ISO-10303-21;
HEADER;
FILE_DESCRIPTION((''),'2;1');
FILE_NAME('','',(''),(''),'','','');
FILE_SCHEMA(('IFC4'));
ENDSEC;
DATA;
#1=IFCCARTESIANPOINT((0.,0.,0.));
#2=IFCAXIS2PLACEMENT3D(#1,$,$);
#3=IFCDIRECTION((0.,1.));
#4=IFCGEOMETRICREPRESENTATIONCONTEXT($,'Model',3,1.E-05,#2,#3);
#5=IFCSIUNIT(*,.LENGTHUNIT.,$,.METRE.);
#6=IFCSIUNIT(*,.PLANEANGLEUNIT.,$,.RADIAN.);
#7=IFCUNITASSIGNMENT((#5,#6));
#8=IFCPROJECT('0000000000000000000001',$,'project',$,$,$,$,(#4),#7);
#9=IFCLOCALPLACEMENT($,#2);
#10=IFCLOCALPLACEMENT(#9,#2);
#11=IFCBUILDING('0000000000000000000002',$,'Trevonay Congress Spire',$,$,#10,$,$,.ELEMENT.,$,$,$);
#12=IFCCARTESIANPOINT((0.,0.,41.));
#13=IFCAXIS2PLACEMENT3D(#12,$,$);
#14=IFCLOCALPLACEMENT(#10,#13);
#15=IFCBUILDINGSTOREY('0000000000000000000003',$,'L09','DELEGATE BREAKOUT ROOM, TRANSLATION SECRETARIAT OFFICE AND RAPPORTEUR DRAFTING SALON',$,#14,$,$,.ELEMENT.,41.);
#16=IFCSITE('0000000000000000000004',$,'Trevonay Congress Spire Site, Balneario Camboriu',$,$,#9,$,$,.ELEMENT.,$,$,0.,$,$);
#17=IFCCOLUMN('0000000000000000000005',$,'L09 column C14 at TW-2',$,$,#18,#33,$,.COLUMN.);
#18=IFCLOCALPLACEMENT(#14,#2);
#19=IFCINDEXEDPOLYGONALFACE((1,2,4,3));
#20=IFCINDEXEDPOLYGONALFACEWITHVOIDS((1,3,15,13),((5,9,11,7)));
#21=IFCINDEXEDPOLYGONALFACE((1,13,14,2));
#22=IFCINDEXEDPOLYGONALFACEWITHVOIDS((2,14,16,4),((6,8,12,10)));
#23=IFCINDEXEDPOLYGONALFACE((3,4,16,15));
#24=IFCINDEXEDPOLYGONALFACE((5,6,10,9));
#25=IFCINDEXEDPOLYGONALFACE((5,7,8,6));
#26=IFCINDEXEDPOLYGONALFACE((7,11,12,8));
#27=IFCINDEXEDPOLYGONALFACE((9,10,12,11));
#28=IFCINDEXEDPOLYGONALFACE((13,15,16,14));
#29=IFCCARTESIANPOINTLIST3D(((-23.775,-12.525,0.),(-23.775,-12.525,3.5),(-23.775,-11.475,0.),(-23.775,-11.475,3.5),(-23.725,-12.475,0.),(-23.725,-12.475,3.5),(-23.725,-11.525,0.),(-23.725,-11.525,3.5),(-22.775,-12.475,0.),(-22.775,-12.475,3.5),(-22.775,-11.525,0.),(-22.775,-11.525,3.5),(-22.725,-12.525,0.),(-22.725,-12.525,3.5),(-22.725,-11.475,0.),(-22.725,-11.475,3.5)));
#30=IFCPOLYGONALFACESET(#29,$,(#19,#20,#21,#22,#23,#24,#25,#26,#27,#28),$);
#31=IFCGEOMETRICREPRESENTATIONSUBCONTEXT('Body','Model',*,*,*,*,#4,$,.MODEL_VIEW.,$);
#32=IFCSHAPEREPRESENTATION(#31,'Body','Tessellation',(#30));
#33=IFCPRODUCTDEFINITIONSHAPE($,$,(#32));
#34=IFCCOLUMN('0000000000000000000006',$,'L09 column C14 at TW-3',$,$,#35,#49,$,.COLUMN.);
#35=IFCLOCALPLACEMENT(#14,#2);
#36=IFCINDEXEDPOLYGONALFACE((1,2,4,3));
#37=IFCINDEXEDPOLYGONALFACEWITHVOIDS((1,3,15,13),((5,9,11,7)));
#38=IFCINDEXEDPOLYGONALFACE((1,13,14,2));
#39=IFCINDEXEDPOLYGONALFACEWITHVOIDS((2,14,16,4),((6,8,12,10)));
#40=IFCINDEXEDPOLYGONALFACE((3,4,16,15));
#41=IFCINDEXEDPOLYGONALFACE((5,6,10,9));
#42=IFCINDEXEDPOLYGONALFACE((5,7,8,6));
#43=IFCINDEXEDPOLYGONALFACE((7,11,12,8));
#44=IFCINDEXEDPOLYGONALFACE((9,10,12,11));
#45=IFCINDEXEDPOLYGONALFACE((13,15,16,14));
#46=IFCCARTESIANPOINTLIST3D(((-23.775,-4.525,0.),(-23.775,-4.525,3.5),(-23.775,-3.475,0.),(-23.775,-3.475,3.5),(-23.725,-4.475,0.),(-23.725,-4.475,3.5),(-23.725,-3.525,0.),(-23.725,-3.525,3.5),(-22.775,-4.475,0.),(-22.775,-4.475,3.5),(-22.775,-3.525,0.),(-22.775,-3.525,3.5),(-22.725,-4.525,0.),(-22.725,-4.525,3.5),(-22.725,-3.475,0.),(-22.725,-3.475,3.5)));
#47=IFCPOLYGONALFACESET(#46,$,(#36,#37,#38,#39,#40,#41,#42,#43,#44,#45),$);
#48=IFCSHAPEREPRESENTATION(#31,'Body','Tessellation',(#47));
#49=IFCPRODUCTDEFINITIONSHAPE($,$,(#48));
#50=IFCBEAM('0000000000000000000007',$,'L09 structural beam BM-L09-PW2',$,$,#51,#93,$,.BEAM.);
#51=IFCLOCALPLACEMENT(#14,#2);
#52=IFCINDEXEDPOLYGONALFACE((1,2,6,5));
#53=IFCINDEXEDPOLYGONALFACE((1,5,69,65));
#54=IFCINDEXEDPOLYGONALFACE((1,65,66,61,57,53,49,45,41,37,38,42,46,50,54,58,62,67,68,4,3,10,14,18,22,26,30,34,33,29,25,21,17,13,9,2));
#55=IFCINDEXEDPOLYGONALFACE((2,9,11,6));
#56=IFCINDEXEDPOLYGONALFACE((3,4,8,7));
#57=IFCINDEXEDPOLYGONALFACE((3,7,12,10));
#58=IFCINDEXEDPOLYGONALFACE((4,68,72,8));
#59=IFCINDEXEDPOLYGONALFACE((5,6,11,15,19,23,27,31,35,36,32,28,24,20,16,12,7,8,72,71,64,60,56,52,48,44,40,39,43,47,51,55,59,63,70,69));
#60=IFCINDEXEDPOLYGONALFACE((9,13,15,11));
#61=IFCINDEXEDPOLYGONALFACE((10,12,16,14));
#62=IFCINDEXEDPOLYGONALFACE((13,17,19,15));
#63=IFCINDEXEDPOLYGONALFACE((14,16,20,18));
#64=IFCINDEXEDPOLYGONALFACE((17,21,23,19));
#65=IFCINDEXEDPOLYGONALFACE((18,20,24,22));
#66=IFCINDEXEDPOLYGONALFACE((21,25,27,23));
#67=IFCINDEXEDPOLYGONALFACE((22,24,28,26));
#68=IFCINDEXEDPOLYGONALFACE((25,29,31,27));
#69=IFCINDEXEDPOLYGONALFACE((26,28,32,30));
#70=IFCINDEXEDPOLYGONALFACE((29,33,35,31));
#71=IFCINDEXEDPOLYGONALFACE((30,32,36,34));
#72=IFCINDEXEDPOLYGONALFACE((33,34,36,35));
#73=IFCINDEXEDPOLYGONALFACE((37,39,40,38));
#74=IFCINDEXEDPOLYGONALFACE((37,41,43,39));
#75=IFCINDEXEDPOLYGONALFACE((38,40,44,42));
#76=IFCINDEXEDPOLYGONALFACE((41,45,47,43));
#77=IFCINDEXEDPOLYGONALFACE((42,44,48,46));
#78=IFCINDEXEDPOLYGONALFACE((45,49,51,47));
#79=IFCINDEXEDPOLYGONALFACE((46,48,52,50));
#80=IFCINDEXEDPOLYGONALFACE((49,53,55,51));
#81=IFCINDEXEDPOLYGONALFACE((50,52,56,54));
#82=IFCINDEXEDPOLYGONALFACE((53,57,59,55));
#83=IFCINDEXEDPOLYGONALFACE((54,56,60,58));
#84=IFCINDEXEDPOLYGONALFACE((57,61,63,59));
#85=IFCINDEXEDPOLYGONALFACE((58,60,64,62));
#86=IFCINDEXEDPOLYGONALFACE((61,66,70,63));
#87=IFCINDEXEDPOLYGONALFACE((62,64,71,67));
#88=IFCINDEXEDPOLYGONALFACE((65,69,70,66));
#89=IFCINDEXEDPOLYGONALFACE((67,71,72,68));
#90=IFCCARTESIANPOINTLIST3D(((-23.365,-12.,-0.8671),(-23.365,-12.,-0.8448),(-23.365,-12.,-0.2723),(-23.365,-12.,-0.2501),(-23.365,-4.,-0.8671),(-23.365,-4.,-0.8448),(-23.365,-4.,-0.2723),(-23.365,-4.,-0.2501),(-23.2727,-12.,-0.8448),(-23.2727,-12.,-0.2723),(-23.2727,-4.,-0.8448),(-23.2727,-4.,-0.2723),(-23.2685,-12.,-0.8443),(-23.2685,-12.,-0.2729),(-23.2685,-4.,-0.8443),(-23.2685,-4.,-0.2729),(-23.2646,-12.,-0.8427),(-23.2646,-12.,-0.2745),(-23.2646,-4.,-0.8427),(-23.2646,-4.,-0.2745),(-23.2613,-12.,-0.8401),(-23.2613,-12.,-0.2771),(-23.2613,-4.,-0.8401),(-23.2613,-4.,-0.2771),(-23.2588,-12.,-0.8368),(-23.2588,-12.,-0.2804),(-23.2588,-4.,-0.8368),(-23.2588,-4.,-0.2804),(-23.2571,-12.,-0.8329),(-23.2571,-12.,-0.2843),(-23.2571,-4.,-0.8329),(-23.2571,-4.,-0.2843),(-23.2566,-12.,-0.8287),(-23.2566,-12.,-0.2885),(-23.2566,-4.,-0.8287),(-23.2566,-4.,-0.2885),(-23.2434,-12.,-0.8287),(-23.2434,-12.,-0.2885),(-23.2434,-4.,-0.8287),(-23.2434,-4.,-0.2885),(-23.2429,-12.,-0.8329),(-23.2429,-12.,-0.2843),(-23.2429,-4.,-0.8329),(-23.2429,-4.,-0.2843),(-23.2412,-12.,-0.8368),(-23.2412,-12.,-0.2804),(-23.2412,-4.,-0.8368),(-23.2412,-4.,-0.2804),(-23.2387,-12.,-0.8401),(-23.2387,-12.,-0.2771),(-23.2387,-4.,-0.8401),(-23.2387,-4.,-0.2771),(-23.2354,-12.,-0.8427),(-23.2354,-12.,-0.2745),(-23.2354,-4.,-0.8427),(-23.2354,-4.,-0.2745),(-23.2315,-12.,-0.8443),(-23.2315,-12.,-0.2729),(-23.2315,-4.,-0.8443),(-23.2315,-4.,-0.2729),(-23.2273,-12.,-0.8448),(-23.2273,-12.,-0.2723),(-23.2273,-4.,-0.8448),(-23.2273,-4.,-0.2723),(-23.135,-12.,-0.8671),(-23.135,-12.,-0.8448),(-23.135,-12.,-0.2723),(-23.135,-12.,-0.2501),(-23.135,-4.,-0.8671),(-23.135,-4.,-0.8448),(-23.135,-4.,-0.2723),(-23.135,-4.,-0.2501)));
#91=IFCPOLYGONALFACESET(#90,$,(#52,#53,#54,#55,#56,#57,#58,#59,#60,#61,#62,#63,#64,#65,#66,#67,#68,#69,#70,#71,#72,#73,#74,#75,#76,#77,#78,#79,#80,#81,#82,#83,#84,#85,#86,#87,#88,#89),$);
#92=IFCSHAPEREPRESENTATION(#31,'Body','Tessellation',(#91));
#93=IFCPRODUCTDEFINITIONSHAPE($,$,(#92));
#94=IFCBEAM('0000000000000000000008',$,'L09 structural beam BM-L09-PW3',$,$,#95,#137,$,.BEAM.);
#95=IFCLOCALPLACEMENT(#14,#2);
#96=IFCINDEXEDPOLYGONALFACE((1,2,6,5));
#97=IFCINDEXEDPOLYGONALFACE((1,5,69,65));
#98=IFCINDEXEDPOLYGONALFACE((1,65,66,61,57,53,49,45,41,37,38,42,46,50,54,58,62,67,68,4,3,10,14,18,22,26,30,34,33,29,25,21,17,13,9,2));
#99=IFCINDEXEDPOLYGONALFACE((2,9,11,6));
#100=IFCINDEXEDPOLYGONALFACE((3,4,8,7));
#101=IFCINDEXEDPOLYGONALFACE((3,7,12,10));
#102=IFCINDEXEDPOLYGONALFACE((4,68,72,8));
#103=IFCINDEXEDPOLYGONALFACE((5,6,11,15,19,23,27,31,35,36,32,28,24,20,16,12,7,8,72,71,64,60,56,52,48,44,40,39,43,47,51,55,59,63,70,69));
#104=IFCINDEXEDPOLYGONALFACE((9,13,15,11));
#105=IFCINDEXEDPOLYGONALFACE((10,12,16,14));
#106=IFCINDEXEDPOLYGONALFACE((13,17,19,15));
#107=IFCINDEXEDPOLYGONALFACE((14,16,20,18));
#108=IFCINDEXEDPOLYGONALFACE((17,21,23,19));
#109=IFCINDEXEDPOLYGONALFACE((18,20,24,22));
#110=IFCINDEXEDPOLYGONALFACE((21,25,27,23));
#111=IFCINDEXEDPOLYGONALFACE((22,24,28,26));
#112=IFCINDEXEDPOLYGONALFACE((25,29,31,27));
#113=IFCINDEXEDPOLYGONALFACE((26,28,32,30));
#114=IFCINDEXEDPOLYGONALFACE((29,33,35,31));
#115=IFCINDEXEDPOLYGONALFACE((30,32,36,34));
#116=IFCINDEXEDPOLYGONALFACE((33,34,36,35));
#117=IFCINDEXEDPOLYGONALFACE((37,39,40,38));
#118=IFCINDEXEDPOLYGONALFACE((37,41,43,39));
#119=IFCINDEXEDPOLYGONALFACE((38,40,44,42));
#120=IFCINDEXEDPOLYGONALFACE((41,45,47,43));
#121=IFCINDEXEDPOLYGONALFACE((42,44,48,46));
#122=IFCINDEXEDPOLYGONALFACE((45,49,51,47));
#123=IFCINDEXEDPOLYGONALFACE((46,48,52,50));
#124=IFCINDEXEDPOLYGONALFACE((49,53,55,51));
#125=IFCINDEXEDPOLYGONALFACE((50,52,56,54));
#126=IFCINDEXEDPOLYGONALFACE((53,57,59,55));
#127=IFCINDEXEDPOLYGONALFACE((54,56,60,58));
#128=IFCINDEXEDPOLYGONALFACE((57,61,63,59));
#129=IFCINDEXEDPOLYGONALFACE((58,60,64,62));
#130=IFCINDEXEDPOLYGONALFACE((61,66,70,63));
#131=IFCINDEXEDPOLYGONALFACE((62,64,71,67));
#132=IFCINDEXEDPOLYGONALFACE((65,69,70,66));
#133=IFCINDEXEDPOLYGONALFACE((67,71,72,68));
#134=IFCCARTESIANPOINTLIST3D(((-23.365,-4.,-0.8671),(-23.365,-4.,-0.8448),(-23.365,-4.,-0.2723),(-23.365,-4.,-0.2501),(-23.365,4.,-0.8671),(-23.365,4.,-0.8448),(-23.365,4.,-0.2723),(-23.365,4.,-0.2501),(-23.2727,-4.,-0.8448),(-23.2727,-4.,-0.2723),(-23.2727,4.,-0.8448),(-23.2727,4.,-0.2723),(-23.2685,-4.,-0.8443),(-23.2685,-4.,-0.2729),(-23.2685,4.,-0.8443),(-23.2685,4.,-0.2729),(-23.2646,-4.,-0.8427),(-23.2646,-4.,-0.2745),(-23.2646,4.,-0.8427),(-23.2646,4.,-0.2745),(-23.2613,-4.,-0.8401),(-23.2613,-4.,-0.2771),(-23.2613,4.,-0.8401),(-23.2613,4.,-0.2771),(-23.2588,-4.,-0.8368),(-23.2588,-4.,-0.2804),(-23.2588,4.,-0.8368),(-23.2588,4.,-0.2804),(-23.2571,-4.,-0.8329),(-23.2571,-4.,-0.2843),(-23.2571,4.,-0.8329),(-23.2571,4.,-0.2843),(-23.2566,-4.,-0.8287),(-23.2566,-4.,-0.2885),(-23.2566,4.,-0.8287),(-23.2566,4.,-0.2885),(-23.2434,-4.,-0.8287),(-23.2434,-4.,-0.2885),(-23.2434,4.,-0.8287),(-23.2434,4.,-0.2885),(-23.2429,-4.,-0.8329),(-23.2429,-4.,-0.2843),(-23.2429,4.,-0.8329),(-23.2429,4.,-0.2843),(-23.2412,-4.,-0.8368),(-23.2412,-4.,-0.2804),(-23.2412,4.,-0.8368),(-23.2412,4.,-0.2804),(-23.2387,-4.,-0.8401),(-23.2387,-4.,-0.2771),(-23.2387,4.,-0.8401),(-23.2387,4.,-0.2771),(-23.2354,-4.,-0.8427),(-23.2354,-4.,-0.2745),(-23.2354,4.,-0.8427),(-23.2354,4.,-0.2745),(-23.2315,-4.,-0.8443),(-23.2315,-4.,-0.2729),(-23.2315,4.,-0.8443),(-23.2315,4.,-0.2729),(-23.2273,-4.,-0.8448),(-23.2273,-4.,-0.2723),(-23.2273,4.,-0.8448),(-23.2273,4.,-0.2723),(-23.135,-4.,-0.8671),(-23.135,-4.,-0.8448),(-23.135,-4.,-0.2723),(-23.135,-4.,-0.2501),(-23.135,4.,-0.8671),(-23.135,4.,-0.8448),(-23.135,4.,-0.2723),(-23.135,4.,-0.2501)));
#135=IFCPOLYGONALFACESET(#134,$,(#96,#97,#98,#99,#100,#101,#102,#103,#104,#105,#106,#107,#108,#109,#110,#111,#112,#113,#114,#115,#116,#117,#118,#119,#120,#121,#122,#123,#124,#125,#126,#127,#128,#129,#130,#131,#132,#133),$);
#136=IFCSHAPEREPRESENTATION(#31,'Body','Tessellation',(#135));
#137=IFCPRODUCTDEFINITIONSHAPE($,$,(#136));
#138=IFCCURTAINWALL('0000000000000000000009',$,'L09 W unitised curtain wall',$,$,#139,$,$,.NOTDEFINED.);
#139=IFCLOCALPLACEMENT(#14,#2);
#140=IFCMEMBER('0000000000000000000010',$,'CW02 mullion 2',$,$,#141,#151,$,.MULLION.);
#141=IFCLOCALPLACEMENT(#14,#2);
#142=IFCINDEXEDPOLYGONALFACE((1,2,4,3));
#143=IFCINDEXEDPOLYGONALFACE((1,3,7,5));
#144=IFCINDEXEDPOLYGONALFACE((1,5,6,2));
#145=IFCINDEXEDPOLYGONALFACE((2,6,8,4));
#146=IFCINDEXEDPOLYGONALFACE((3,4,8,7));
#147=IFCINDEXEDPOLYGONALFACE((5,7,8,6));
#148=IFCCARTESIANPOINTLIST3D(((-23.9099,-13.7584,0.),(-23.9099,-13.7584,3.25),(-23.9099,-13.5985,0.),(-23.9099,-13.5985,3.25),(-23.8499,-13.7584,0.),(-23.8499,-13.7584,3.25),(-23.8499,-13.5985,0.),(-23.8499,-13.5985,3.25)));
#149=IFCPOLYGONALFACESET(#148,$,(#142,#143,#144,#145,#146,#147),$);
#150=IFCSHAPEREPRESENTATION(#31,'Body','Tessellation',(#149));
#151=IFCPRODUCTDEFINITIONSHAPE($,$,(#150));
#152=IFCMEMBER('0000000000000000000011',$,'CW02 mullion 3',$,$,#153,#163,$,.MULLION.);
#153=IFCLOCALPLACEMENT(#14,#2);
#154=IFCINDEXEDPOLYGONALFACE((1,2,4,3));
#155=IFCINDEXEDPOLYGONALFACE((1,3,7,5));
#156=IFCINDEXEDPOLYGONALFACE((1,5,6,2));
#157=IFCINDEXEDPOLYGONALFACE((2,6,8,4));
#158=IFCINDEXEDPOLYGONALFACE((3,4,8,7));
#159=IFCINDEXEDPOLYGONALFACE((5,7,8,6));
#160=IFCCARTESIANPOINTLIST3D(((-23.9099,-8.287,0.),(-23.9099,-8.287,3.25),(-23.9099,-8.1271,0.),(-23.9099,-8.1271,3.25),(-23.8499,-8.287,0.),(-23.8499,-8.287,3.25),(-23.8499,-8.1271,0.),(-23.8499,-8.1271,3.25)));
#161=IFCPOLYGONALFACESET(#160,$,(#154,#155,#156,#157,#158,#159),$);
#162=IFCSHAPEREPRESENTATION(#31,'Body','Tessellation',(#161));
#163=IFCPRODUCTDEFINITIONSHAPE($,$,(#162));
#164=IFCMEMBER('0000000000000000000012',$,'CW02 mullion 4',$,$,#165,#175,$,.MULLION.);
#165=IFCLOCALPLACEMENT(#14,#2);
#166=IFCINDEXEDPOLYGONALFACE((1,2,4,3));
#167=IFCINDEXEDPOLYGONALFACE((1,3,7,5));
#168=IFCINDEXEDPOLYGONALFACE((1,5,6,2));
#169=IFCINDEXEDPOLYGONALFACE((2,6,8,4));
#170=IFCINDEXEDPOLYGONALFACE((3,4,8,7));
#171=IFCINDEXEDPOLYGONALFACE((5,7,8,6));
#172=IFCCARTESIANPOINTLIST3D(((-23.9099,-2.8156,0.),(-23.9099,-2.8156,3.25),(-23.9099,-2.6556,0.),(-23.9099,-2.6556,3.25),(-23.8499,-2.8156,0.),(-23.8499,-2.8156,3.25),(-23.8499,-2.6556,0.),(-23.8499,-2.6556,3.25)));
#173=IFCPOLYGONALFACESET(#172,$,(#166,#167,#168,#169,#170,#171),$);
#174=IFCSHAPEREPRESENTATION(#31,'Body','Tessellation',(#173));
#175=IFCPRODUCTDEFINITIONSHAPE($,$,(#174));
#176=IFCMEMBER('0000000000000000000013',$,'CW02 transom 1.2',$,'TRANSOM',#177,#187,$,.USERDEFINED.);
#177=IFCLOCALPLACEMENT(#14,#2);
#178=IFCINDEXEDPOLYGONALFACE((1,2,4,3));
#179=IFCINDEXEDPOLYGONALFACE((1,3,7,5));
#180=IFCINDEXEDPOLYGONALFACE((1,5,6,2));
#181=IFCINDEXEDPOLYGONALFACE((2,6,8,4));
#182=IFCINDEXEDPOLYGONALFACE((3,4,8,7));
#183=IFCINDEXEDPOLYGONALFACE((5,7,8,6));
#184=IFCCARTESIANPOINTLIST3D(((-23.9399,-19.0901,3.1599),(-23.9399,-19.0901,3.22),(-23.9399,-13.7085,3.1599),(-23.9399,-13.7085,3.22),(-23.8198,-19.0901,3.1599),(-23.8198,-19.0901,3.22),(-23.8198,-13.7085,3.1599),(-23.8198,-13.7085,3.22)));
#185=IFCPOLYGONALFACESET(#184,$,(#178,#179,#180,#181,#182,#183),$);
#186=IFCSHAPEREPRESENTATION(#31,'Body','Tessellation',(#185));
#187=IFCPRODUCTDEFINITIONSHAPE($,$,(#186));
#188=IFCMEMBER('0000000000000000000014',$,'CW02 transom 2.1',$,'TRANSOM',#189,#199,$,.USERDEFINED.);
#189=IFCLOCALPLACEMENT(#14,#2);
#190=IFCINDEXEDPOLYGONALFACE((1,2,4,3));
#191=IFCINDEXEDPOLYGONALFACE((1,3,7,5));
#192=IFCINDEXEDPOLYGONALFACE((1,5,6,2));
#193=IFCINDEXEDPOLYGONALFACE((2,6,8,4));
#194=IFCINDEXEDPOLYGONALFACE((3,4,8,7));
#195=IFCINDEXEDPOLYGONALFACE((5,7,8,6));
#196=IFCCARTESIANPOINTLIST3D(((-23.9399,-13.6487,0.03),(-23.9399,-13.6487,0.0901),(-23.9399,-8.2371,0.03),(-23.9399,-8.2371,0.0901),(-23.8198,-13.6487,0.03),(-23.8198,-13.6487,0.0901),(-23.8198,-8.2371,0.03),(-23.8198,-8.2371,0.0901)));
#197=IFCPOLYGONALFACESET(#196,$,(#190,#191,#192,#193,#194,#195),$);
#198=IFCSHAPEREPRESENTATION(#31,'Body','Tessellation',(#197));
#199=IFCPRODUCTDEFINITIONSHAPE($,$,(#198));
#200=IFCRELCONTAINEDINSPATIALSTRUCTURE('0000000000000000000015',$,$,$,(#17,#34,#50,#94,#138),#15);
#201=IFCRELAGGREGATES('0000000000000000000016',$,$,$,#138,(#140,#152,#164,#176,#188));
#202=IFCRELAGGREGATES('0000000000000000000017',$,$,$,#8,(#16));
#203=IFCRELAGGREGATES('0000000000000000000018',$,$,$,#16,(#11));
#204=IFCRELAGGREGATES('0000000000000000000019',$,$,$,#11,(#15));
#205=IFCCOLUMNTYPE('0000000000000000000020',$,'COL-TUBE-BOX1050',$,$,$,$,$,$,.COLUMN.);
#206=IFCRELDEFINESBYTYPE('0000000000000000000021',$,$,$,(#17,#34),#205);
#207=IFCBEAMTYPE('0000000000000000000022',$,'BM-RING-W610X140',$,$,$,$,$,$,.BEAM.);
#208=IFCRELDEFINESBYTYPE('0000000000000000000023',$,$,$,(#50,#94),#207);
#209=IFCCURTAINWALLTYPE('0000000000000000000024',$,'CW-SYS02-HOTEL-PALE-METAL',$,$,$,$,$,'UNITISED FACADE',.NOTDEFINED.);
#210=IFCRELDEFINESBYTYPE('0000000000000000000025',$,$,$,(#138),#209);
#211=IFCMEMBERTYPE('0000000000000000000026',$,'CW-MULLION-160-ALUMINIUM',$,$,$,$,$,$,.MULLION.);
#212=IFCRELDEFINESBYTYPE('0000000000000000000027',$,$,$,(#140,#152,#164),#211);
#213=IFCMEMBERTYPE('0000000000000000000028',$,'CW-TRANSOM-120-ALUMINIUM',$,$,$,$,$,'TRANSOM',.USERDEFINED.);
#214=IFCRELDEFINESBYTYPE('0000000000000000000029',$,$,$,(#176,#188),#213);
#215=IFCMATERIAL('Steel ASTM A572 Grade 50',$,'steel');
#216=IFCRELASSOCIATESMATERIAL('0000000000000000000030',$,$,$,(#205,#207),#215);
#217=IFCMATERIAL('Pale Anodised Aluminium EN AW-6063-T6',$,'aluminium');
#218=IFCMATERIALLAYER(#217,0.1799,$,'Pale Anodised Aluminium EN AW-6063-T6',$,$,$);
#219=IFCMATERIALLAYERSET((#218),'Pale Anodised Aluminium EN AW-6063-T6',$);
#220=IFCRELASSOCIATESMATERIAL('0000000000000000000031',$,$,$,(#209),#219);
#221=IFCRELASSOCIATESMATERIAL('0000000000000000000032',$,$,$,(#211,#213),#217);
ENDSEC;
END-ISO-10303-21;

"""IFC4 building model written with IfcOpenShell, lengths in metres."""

from ifc_helpers import new_model, si_unit, direction, frame, origin, origin_2d, place, context, subcontext, project, spatial, rectangle, hollow_rectangle, i_section, extrude, material, layer, layer_set, material_profile, profile_set, type_object, element, aggregate, save


model = new_model("IFC4")

# Units and contexts
model_context = context("Model", 3, precision=1e-05, world=origin(), true_north=direction((0.0, 1.0)))
body_context = subcontext(model_context, "Body", "Model", "MODEL_VIEW")
ifc_project = project(units=[si_unit("LENGTHUNIT", "METRE"), si_unit("PLANEANGLEUNIT", "RADIAN")], contexts=[model_context])

# Site, building, storey
site_placement = place(None, origin())
site = spatial("IfcSite", under=ifc_project, at=site_placement, Name="Trevonay Congress Spire Site, Balneario Camboriu", CompositionType="ELEMENT", RefElevation=0.0)
building_placement = place(site_placement, origin())
building = spatial("IfcBuilding", under=site, at=building_placement, Name="Trevonay Congress Spire", CompositionType="ELEMENT")
storey_placement = place(building_placement, frame((0.0, 0.0, 41.0)))
storey = spatial("IfcBuildingStorey", under=building, at=storey_placement, Name="L09", Description="DELEGATE BREAKOUT ROOM, TRANSLATION SECRETARIAT OFFICE AND RAPPORTEUR DRAFTING SALON", CompositionType="ELEMENT", Elevation=41.0)

# Columns
ifc_material_1 = material(Name="Steel ASTM A572 Grade 50", Category="steel")
ifc_material_profile_1 = material_profile(ifc_material_1, hollow_rectangle(XDim=1.05, YDim=1.05, WallThickness=0.05, at=origin_2d()), Name="BOX 1050x1050x50")
ifc_profile_set_1 = profile_set([ifc_material_profile_1], Name="Steel ASTM A572 Grade 50")
column_type = type_object("IfcColumnType", Name="COL-TUBE-BOX1050", PredefinedType="COLUMN", material=ifc_profile_set_1)
for number, where, z_axis, x_axis, name in (
    (1, (-23.25, -12.0, 0.0), (0.0, 0.0, 1.0), (1.0, 0.0, 0.0), "L09 column C14 at TW-2"),
    (2, (-23.25, -4.0, 0.0), (0.0, 0.0, 1.0), (1.0, 0.0, 0.0), "L09 column C14 at TW-3"),
):
    element("IfcColumn", number, at=place(storey_placement, frame(where, z_axis=z_axis, x_axis=x_axis)), inside=storey, type_object=column_type, Name=name, PredefinedType="COLUMN", context=body_context, shape_type="SweptSolid", body=[
        extrude(hollow_rectangle(XDim=1.05, YDim=1.05, WallThickness=0.05, at=origin_2d()), origin(), (0.0, 0.0, 1.0), 3.5),
    ])

# Beams
ifc_material_profile_2 = material_profile(ifc_material_1, i_section(OverallWidth=0.23, OverallDepth=0.6169, WebThickness=0.0132, FlangeThickness=0.0222, FilletRadius=0.0161, at=origin_2d()), Name="W610x140")
ifc_profile_set_2 = profile_set([ifc_material_profile_2], Name="Steel ASTM A572 Grade 50")
beam_type_1 = type_object("IfcBeamType", Name="BM-RING-W610X140", PredefinedType="BEAM", material=ifc_profile_set_2)
for number, where, z_axis, x_axis, name in (
    (3, (-23.25, -12.0, -0.5586), (0.0, 1.0, 0.0), (-1.0, 0.0, 0.0), "L09 structural beam BM-L09-PW2"),
    (4, (-23.25, -4.0, -0.5586), (0.0, 1.0, 0.0), (-1.0, 0.0, 0.0), "L09 structural beam BM-L09-PW3"),
):
    element("IfcBeam", number, at=place(storey_placement, frame(where, z_axis=z_axis, x_axis=x_axis)), inside=storey, type_object=beam_type_1, Name=name, PredefinedType="BEAM", context=body_context, shape_type="SweptSolid", body=[
        extrude(i_section(OverallWidth=0.23, OverallDepth=0.6169, WebThickness=0.0132, FlangeThickness=0.0222, FilletRadius=0.0161, at=origin_2d()), origin(), (0.0, 0.0, 1.0), 8.0),
    ])

# Curtain wall, members
ifc_material_2 = material(Name="Pale Anodised Aluminium EN AW-6063-T6", Category="aluminium")
ifc_layer_1 = layer(ifc_material_2, 0.1799, Name="Pale Anodised Aluminium EN AW-6063-T6")
ifc_layer_set_1 = layer_set([ifc_layer_1], Name="Pale Anodised Aluminium EN AW-6063-T6")
curtain_wall_type = type_object("IfcCurtainWallType", Name="CW-SYS02-HOTEL-PALE-METAL", ElementType="UNITISED FACADE", PredefinedType="NOTDEFINED", material=ifc_layer_set_1)
curtain_wall_placement = place(storey_placement, origin())
curtain_wall = element("IfcCurtainWall", 5, at=curtain_wall_placement, inside=storey, type_object=curtain_wall_type, Name="L09 W unitised curtain wall", PredefinedType="NOTDEFINED")
ifc_material_profile_3 = material_profile(ifc_material_2, rectangle(XDim=0.0601, YDim=0.1599, at=origin_2d()), Name="CW-MULLION-160-ALUMINIUM")
ifc_profile_set_3 = profile_set([ifc_material_profile_3], Name="Pale Anodised Aluminium EN AW-6063-T6")
member_type_1 = type_object("IfcMemberType", Name="CW-MULLION-160-ALUMINIUM", PredefinedType="MULLION", material=ifc_profile_set_3)
member_1_placement = place(storey_placement, frame((-23.8799, -13.6785, 0.0), z_axis=(0.0, 0.0, 1.0), x_axis=(-1.0, 0.0, 0.0)))
member_1 = element("IfcMember", 6, at=member_1_placement, type_object=member_type_1, Name="CW02 mullion 2", PredefinedType="MULLION", context=body_context, shape_type="SweptSolid", body=[
    extrude(rectangle(XDim=0.0601, YDim=0.1599, at=origin_2d()), origin(), (0.0, 0.0, 1.0), 3.25),
])
member_2_placement = place(storey_placement, frame((-23.8799, -8.207, 0.0), z_axis=(0.0, 0.0, 1.0), x_axis=(-1.0, 0.0, 0.0)))
member_2 = element("IfcMember", 7, at=member_2_placement, type_object=member_type_1, Name="CW02 mullion 3", PredefinedType="MULLION", context=body_context, shape_type="SweptSolid", body=[
    extrude(rectangle(XDim=0.0601, YDim=0.1599, at=origin_2d()), origin(), (0.0, 0.0, 1.0), 3.25),
])
member_3_placement = place(storey_placement, frame((-23.8799, -2.7356, 0.0), z_axis=(0.0, 0.0, 1.0), x_axis=(-1.0, 0.0, 0.0)))
member_3 = element("IfcMember", 8, at=member_3_placement, type_object=member_type_1, Name="CW02 mullion 4", PredefinedType="MULLION", context=body_context, shape_type="SweptSolid", body=[
    extrude(rectangle(XDim=0.0601, YDim=0.1599, at=origin_2d()), origin(), (0.0, 0.0, 1.0), 3.25),
])
ifc_material_profile_4 = material_profile(ifc_material_2, rectangle(XDim=0.1201, YDim=0.0601, at=origin_2d()), Name="CW-TRANSOM-120-ALUMINIUM")
ifc_profile_set_4 = profile_set([ifc_material_profile_4], Name="Pale Anodised Aluminium EN AW-6063-T6")
member_type_2 = type_object("IfcMemberType", Name="CW-TRANSOM-120-ALUMINIUM", ElementType="TRANSOM", PredefinedType="USERDEFINED", material=ifc_profile_set_4)
member_4_placement = place(storey_placement, frame((-23.8799, -19.0901, 3.1899), z_axis=(0.0, 1.0, 0.0), x_axis=(-1.0, 0.0, 0.0)))
member_4 = element("IfcMember", 9, at=member_4_placement, type_object=member_type_2, Name="CW02 transom 1.2", ObjectType="TRANSOM", PredefinedType="USERDEFINED", context=body_context, shape_type="SweptSolid", body=[
    extrude(rectangle(XDim=0.1201, YDim=0.0601, at=origin_2d()), origin(), (0.0, 0.0, 1.0), 5.3816),
])
member_5_placement = place(storey_placement, frame((-23.8799, -13.6487, 0.0601), z_axis=(0.0, 1.0, 0.0), x_axis=(-1.0, 0.0, 0.0)))
member_5 = element("IfcMember", 10, at=member_5_placement, type_object=member_type_2, Name="CW02 transom 2.1", ObjectType="TRANSOM", PredefinedType="USERDEFINED", context=body_context, shape_type="SweptSolid", body=[
    extrude(rectangle(XDim=0.1201, YDim=0.0601, at=origin_2d()), origin(), (0.0, 0.0, 1.0), 5.4116),
])

aggregate(curtain_wall, [member_1, member_2, member_3, member_4, member_5])

save(model, "model.ifc")
